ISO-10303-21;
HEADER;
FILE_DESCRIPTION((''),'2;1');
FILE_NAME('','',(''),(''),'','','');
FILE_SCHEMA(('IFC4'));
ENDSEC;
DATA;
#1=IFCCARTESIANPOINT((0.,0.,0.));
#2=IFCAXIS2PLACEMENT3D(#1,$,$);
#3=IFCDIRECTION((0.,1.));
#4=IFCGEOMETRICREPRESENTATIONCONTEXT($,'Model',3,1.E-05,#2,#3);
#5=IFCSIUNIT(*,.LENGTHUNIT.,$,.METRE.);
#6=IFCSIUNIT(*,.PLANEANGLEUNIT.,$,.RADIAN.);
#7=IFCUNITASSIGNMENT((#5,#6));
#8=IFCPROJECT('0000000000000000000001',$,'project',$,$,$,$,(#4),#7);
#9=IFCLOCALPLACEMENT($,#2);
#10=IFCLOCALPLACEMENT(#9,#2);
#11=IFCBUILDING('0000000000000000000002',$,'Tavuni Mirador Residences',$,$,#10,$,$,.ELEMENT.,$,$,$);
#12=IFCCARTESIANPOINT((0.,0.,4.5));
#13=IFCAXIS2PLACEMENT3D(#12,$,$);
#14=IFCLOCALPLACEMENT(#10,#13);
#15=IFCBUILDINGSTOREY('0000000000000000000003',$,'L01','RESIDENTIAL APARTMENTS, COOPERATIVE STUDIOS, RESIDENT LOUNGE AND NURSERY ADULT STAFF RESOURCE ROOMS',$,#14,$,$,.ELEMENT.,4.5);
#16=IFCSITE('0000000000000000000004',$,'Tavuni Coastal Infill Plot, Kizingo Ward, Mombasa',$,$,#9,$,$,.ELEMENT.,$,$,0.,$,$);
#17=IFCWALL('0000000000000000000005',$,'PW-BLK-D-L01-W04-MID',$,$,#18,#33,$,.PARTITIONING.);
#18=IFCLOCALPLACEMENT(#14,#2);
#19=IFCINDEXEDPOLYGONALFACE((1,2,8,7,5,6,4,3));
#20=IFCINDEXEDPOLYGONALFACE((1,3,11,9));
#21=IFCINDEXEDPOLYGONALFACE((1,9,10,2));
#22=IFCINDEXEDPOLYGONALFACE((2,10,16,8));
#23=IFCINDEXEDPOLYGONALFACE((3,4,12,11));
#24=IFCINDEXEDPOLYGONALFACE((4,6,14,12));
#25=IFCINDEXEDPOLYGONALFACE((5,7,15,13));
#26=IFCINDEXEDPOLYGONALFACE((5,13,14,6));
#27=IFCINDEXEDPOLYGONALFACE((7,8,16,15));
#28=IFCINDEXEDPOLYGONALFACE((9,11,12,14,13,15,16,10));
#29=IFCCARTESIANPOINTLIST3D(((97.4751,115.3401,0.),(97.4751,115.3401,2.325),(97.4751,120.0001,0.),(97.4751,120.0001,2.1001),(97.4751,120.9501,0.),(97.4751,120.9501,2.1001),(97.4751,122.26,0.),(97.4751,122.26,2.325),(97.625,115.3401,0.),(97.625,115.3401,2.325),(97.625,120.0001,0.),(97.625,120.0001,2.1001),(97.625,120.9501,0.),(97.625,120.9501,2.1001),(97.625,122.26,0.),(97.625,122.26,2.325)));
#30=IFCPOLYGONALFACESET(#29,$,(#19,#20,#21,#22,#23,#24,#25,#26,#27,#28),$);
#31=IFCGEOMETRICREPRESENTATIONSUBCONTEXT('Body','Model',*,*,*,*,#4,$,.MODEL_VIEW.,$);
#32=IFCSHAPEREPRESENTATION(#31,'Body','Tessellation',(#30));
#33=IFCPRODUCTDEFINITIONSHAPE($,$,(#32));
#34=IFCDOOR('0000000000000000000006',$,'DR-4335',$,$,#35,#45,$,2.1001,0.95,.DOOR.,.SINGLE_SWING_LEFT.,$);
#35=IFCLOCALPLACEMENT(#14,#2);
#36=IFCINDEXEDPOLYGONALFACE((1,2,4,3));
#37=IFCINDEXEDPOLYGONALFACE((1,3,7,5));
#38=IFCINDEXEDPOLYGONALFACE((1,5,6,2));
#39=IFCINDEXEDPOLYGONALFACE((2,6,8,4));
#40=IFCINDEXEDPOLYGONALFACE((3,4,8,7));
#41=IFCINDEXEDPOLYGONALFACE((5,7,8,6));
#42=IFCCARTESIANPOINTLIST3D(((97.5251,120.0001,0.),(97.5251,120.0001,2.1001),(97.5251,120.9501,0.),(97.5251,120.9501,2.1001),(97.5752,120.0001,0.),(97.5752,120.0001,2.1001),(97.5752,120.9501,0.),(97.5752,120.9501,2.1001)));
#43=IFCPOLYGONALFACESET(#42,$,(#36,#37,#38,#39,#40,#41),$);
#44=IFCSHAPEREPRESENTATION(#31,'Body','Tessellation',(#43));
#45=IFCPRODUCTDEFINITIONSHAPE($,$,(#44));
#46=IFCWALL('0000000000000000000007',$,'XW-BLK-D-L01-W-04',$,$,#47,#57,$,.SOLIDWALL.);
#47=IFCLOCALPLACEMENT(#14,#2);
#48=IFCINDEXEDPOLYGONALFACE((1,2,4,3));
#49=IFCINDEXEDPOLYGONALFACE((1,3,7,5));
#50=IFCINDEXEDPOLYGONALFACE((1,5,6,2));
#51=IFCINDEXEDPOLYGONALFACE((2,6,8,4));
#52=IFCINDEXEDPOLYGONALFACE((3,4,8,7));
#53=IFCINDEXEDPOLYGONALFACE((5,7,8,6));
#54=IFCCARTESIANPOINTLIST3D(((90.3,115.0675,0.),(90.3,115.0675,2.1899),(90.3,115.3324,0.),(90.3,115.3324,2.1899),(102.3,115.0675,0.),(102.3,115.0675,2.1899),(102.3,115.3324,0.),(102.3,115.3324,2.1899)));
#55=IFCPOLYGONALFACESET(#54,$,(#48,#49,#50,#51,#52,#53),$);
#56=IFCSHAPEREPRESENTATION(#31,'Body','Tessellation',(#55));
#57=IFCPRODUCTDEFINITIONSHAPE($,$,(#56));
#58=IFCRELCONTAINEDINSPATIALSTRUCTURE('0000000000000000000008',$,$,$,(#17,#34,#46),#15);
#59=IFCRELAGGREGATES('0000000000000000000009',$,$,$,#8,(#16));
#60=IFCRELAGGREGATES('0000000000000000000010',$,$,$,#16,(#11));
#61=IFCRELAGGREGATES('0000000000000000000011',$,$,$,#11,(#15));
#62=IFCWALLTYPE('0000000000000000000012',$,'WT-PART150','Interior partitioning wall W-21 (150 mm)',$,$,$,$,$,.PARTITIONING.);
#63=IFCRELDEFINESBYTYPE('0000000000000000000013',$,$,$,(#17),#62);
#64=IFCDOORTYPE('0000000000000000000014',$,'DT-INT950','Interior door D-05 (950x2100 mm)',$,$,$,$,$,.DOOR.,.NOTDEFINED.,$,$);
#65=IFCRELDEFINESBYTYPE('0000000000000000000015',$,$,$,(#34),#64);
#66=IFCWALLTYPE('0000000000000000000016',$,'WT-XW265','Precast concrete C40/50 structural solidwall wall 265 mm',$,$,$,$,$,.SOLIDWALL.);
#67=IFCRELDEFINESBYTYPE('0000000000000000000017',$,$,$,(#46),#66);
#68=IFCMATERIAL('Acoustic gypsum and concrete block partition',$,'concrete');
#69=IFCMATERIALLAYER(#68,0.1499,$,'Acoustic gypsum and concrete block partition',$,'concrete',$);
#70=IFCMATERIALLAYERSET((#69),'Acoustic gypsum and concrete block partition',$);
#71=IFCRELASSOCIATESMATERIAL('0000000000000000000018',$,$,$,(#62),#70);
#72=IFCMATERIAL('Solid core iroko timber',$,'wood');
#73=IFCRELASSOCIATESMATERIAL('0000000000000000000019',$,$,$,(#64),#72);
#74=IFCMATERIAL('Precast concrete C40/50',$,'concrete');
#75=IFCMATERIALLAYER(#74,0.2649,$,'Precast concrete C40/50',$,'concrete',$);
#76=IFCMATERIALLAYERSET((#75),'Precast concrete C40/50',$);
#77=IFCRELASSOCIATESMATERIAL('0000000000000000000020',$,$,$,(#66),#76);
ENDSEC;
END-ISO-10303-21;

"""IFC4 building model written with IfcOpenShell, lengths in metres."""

from ifc_helpers import new_model, si_unit, direction, frame, frame_2d, origin, place, context, subcontext, project, spatial, rectangle, extrude, material, layer, layer_set, type_object, element, fill, save


model = new_model("IFC4")

# Units and contexts
model_context = context("Model", 3, precision=1e-05, world=origin(), true_north=direction((0.0, 1.0)))
body_context = subcontext(model_context, "Body", "Model", "MODEL_VIEW")
ifc_project = project(units=[si_unit("LENGTHUNIT", "METRE"), si_unit("PLANEANGLEUNIT", "RADIAN")], contexts=[model_context])

# Site, building, storey
site_placement = place(None, origin())
site = spatial("IfcSite", under=ifc_project, at=site_placement, Name="Tavuni Coastal Infill Plot, Kizingo Ward, Mombasa", CompositionType="ELEMENT", RefElevation=0.0)
building_placement = place(site_placement, origin())
building = spatial("IfcBuilding", under=site, at=building_placement, Name="Tavuni Mirador Residences", CompositionType="ELEMENT")
storey_placement = place(building_placement, frame((0.0, 0.0, 4.5)))
storey = spatial("IfcBuildingStorey", under=building, at=storey_placement, Name="L01", Description="RESIDENTIAL APARTMENTS, COOPERATIVE STUDIOS, RESIDENT LOUNGE AND NURSERY ADULT STAFF RESOURCE ROOMS", CompositionType="ELEMENT", Elevation=4.5)

# Shared definitions
ifc_material_1 = material(Name="Precast concrete C40/50", Category="concrete")

# Shared definitions
ifc_material_2 = material(Name="Solid core iroko timber", Category="wood")

# Wall, opening, door
ifc_material_3 = material(Name="Acoustic gypsum and concrete block partition", Category="concrete")
ifc_layer_1 = layer(ifc_material_3, 0.1499, Name="Acoustic gypsum and concrete block partition", Category="concrete")
ifc_layer_set_1 = layer_set([ifc_layer_1], Name="Acoustic gypsum and concrete block partition")
wall_type_1 = type_object("IfcWallType", Name="WT-PART150", Description="Interior partitioning wall W-21 (150 mm)", PredefinedType="PARTITIONING", material=ifc_layer_set_1)
wall_1_placement = place(storey_placement, frame((97.55, 115.3401, 0.0), z_axis=(0.0, 0.0, 1.0), x_axis=(0.0, 1.0, 0.0)))
wall_1 = element("IfcWall", 1, at=wall_1_placement, inside=storey, type_object=wall_type_1, Name="PW-BLK-D-L01-W04-MID", PredefinedType="PARTITIONING", context=body_context, shape_type="SweptSolid", body=[
    extrude(rectangle(XDim=6.9199, YDim=0.1499, at=frame_2d((3.46, 0.0))), origin(), (0.0, 0.0, 1.0), 2.325),
])
opening_1_placement = place(wall_1_placement, frame((4.6599, 0.0, 0.0)))
opening_1 = element("IfcOpeningElement", 2, at=opening_1_placement, cuts=wall_1, PredefinedType="OPENING", context=body_context, shape_type="SweptSolid", body=[
    extrude(rectangle(XDim=0.95, YDim=2.1001, at=frame_2d((0.4751, 1.05))), frame((0.0, 0.085, 0.0), z_axis=(0.0, -1.0, 0.0), x_axis=(1.0, 0.0, 0.0)), (0.0, 0.0, 1.0), 0.1699),
])
door_type_1 = type_object("IfcDoorType", Name="DT-INT950", Description="Interior door D-05 (950x2100 mm)", OperationType="NOTDEFINED", PredefinedType="DOOR", material=ifc_material_2)
door_1_placement = place(opening_1_placement, origin())
door_1 = element("IfcDoor", 3, at=door_1_placement, inside=storey, type_object=door_type_1, Name="DR-4335", OperationType="SINGLE_SWING_LEFT", OverallHeight=2.1001, OverallWidth=0.95, PredefinedType="DOOR", context=body_context, shape_type="SweptSolid", body=[
    extrude(rectangle(XDim=0.95, YDim=2.1001, at=frame_2d((0.4751, 1.05))), frame((0.0, 0.0249, 0.0), z_axis=(0.0, -1.0, 0.0), x_axis=(1.0, 0.0, 0.0)), (0.0, 0.0, 1.0), 0.05),
])
fill(opening_1, door_1)

# Wall
ifc_layer_2 = layer(ifc_material_1, 0.2649, Name="Precast concrete C40/50", Category="concrete")
ifc_layer_set_2 = layer_set([ifc_layer_2], Name="Precast concrete C40/50")
wall_type_2 = type_object("IfcWallType", Name="WT-XW265", Description="Precast concrete C40/50 structural solidwall wall 265 mm", PredefinedType="SOLIDWALL", material=ifc_layer_set_2)
wall_2_placement = place(storey_placement, frame((90.3, 115.2, 0.0), z_axis=(0.0, 0.0, 1.0), x_axis=(1.0, 0.0, 0.0)))
element("IfcWall", 4, at=wall_2_placement, inside=storey, type_object=wall_type_2, Name="XW-BLK-D-L01-W-04", PredefinedType="SOLIDWALL", context=body_context, shape_type="SweptSolid", body=[
    extrude(rectangle(XDim=12.0, YDim=0.2649, at=frame_2d((6.0, 0.0))), origin(), (0.0, 0.0, 1.0), 2.1899),
])

save(model, "model.ifc")
